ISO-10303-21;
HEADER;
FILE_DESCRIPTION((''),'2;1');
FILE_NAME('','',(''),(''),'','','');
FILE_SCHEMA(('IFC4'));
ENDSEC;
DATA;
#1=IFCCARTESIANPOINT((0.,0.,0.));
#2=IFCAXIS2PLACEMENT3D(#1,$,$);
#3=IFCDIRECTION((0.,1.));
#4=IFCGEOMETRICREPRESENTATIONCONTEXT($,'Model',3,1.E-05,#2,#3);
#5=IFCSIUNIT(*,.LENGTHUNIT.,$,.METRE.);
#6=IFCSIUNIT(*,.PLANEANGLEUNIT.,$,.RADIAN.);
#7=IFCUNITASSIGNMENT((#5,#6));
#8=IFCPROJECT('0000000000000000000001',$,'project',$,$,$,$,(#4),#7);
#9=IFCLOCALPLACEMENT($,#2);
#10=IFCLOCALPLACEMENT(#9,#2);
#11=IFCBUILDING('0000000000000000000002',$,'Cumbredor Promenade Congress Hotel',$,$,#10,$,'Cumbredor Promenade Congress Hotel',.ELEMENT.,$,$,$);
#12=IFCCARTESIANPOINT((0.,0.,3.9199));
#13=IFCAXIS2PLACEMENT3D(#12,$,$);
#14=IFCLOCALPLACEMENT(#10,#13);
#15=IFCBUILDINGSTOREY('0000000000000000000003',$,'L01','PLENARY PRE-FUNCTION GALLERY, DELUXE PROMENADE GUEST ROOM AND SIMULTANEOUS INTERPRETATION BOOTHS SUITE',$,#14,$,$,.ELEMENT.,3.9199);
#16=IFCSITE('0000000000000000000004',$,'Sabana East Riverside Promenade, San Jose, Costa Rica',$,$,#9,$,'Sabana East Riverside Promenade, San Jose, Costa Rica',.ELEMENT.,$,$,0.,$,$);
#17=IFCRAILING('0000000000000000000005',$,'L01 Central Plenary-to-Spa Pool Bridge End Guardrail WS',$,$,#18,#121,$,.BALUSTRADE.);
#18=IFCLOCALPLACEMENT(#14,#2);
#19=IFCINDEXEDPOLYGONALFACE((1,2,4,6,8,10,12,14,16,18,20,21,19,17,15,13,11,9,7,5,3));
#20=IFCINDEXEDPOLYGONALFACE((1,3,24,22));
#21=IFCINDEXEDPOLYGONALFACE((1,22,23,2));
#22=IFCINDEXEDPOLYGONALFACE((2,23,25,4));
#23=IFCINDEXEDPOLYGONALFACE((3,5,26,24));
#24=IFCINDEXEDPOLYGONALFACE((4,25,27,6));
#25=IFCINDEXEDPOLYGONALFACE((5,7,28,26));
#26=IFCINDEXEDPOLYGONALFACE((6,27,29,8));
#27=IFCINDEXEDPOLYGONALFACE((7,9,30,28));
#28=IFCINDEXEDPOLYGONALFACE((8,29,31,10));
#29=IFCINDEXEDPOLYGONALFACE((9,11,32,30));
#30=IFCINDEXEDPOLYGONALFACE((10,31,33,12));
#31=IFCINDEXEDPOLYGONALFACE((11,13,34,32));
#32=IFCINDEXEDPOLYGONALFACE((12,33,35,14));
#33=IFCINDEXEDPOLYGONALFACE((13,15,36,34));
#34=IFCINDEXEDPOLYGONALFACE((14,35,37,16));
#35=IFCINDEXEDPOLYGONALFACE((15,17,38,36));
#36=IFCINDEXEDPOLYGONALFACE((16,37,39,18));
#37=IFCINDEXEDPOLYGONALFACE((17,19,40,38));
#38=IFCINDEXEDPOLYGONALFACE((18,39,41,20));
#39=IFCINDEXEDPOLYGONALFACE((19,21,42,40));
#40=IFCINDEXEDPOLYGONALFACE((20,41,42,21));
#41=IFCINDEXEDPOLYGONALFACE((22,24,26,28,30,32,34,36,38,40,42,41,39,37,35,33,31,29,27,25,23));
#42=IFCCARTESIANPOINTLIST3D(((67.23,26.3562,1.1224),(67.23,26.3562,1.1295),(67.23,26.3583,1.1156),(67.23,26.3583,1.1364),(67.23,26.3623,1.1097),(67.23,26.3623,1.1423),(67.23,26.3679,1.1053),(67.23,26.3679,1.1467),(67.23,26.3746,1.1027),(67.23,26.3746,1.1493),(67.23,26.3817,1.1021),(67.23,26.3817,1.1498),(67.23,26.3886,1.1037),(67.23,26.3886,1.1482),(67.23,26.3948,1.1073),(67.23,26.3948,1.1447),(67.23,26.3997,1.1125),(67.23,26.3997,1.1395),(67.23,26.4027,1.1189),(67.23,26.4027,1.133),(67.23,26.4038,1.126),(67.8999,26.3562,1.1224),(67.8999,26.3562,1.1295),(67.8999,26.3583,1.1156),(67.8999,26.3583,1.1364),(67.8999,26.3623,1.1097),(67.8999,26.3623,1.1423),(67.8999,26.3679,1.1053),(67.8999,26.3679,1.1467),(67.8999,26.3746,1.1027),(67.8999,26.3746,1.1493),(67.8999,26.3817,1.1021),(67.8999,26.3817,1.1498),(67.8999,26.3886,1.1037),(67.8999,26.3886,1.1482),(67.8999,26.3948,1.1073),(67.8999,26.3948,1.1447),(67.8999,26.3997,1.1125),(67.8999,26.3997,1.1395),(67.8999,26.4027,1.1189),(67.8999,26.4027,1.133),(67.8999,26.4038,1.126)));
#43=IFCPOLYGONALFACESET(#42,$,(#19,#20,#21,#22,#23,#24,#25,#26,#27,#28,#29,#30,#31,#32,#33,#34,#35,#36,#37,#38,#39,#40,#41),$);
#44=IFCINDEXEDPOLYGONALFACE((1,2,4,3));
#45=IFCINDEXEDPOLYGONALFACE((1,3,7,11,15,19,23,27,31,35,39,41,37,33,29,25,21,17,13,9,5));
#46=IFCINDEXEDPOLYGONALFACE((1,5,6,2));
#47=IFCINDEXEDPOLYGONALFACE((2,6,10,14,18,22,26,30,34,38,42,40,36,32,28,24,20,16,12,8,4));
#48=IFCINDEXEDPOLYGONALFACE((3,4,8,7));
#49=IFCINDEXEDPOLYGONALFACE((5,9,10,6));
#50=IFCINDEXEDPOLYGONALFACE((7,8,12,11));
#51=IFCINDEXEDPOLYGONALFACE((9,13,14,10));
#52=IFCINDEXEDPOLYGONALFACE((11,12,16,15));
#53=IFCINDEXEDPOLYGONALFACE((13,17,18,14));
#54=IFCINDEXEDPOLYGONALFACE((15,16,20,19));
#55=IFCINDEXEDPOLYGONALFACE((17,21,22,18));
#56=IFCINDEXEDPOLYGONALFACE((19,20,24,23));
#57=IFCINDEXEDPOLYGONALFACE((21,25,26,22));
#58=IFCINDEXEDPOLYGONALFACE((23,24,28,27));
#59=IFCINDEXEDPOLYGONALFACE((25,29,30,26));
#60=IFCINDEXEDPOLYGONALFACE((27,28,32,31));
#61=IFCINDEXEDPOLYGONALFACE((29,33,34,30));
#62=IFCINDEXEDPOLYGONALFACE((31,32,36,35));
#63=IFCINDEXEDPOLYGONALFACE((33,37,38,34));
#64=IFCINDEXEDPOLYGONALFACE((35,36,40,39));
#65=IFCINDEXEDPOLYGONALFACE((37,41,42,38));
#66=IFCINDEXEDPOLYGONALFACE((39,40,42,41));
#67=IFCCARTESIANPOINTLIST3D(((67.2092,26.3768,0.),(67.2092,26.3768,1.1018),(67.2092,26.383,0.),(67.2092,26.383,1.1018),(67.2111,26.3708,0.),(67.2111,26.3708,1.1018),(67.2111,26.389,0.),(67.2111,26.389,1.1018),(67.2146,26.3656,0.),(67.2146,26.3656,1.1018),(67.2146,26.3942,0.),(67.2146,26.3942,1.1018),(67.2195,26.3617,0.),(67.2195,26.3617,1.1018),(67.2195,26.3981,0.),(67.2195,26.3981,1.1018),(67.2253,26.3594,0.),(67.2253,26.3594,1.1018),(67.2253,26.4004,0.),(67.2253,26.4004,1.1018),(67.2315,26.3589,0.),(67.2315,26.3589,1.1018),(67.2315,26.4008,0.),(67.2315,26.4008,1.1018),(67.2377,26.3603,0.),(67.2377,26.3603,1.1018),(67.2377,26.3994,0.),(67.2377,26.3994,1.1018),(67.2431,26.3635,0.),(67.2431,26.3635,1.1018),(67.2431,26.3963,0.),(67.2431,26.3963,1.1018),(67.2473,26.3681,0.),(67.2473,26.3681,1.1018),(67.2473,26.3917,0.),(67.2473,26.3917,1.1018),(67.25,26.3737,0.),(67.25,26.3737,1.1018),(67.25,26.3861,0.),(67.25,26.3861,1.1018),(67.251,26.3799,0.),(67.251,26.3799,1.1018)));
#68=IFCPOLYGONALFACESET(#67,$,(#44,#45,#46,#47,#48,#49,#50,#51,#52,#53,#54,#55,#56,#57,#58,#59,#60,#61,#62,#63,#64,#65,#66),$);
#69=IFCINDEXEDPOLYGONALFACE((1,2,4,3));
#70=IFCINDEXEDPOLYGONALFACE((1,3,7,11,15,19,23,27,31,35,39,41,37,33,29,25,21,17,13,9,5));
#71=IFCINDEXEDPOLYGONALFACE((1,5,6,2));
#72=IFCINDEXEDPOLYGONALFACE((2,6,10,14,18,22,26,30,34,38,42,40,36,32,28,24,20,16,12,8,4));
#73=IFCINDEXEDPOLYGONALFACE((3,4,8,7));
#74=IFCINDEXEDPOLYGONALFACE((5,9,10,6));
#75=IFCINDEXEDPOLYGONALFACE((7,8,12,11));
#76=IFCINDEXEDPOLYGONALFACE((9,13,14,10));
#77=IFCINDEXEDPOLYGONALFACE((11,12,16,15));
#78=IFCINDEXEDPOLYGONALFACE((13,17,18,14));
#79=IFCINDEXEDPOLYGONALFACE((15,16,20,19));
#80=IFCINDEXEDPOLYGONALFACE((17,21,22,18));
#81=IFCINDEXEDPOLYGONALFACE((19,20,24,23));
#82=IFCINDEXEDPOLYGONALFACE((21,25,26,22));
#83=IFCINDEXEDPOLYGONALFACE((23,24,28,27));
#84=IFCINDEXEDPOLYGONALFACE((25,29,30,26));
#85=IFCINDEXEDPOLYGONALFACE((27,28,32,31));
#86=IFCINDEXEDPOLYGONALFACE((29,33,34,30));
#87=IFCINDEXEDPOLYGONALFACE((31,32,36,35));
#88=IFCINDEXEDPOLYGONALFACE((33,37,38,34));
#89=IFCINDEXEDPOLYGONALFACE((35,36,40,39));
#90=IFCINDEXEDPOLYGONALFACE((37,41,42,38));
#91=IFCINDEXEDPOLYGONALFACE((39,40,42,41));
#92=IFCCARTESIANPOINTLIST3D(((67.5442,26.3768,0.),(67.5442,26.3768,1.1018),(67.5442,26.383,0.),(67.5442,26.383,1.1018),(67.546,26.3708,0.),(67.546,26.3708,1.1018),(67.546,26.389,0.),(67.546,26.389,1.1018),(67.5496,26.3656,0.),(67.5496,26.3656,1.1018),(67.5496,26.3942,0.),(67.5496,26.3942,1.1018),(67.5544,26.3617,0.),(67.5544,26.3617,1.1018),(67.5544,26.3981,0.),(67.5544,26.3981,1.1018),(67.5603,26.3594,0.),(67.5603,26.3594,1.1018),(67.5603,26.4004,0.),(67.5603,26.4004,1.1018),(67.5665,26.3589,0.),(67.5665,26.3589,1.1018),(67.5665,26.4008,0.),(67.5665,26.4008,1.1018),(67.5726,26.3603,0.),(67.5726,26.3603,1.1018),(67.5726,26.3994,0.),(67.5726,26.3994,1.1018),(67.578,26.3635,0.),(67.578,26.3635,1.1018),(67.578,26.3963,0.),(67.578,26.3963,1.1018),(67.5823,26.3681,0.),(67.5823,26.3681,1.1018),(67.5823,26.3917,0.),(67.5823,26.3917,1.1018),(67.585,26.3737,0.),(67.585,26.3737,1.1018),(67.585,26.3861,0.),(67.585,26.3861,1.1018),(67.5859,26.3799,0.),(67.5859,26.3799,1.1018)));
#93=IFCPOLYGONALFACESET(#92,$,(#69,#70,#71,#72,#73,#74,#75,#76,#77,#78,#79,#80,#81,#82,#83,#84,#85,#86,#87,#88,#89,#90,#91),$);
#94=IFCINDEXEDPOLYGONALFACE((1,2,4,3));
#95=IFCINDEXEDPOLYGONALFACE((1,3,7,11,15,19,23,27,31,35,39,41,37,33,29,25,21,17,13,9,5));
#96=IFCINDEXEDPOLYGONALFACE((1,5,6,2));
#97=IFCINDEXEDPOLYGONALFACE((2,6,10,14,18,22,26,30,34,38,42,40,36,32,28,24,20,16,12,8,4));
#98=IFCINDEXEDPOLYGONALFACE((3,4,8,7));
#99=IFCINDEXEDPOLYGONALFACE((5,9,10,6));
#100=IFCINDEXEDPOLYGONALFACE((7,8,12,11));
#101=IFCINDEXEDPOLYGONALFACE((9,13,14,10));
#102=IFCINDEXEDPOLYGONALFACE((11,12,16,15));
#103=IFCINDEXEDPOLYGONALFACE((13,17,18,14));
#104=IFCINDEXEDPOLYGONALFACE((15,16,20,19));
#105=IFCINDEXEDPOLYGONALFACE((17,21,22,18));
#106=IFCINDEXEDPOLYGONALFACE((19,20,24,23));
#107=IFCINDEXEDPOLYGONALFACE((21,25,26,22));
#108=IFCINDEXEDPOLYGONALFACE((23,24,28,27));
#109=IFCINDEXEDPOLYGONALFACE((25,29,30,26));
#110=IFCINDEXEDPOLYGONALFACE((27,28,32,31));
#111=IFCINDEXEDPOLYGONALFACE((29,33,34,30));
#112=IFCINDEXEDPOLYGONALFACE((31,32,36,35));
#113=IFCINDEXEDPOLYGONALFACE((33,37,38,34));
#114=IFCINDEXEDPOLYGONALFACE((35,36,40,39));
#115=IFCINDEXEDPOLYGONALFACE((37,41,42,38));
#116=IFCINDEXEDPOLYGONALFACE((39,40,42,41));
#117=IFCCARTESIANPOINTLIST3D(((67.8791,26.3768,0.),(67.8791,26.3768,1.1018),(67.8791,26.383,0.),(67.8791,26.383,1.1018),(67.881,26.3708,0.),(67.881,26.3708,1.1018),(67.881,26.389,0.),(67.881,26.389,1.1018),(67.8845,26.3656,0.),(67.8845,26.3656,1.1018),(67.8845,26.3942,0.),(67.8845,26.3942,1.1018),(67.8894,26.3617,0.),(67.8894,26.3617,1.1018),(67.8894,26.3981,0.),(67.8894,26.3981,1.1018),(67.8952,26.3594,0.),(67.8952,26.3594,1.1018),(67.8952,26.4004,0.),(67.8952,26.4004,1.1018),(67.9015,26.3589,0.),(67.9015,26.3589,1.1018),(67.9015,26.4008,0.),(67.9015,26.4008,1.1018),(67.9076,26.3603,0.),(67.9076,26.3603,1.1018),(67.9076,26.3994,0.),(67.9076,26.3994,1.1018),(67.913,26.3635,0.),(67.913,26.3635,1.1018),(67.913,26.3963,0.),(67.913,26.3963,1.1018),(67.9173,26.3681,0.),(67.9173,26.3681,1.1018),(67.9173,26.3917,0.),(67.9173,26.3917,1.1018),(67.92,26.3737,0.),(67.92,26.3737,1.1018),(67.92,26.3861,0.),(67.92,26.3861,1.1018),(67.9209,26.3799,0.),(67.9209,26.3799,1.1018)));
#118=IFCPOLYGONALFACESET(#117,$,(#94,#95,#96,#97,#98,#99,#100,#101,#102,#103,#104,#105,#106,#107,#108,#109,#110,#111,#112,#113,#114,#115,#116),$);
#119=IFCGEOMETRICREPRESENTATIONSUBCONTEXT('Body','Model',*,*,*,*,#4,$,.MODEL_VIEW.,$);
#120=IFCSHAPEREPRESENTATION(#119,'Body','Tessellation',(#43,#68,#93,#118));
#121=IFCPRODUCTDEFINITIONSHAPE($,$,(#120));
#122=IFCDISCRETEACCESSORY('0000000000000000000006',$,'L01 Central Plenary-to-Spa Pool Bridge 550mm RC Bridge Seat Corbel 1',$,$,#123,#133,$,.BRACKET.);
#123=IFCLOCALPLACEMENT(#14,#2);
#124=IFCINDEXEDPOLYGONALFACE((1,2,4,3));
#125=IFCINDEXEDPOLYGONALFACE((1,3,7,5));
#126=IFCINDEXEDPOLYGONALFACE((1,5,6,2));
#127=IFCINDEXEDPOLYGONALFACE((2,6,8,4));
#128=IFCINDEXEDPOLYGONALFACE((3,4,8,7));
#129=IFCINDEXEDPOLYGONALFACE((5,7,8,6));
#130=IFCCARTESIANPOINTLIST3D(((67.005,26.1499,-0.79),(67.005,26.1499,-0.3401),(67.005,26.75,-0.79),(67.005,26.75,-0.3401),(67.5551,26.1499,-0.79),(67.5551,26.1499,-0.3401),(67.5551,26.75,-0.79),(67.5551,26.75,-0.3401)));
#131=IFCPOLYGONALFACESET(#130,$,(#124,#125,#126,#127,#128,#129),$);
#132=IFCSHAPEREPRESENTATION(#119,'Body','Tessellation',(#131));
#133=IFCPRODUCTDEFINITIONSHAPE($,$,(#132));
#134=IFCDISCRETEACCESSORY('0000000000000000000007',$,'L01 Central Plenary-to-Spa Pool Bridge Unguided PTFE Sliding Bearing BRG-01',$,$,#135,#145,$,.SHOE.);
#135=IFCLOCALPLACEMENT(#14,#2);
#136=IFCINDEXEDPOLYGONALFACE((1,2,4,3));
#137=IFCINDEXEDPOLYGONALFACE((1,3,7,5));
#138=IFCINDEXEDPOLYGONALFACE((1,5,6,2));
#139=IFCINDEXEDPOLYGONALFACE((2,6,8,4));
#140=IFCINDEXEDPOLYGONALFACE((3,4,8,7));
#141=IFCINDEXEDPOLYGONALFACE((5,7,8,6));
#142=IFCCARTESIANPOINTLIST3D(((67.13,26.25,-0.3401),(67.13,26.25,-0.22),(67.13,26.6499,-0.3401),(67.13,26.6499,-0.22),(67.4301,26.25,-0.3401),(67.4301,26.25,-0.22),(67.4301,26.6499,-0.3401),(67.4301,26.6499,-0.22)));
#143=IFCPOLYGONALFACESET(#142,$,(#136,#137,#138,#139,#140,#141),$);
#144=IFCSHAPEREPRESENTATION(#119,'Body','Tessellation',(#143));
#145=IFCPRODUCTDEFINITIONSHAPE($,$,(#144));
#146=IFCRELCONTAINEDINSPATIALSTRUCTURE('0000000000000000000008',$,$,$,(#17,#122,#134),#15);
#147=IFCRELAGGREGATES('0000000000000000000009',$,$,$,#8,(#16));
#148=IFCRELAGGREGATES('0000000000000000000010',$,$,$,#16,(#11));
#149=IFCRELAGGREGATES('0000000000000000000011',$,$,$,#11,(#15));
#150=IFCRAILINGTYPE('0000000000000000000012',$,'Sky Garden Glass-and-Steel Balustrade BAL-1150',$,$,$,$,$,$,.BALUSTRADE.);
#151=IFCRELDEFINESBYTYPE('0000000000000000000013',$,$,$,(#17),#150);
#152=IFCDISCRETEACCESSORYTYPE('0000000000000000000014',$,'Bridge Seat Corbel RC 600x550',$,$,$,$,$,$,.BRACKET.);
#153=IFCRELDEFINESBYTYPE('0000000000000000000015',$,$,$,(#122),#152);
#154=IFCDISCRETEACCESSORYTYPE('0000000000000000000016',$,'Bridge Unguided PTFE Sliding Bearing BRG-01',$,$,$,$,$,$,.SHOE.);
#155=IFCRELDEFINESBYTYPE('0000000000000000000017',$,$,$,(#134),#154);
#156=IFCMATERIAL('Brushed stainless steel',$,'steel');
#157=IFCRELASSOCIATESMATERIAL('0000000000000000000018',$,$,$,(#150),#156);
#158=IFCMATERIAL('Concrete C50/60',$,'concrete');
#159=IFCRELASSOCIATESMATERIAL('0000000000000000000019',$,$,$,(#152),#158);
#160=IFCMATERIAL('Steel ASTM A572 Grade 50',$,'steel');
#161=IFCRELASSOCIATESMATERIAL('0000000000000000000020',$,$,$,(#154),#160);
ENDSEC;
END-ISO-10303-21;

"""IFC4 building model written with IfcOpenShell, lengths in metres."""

from ifc_helpers import new_model, si_unit, direction, frame, origin, origin_2d, place, context, subcontext, project, spatial, rectangle, circle, extrude, material, type_object, element, save


model = new_model("IFC4")

# Units and contexts
model_context = context("Model", 3, precision=1e-05, world=origin(), true_north=direction((0.0, 1.0)))
body_context = subcontext(model_context, "Body", "Model", "MODEL_VIEW")
ifc_project = project(units=[si_unit("LENGTHUNIT", "METRE"), si_unit("PLANEANGLEUNIT", "RADIAN")], contexts=[model_context])

# Site, building, storey
site_placement = place(None, origin())
site = spatial("IfcSite", under=ifc_project, at=site_placement, Name="Sabana East Riverside Promenade, San Jose, Costa Rica", LongName="Sabana East Riverside Promenade, San Jose, Costa Rica", CompositionType="ELEMENT", RefElevation=0.0)
building_placement = place(site_placement, origin())
building = spatial("IfcBuilding", under=site, at=building_placement, Name="Cumbredor Promenade Congress Hotel", LongName="Cumbredor Promenade Congress Hotel", CompositionType="ELEMENT")
storey_placement = place(building_placement, frame((0.0, 0.0, 3.9199)))
storey = spatial("IfcBuildingStorey", under=building, at=storey_placement, Name="L01", Description="PLENARY PRE-FUNCTION GALLERY, DELUXE PROMENADE GUEST ROOM AND SIMULTANEOUS INTERPRETATION BOOTHS SUITE", CompositionType="ELEMENT", Elevation=3.9199)

# Shared definitions
ifc_material_1 = material(Name="Concrete C50/60", Category="concrete")

# Shared definitions
ifc_material_2 = material(Name="Steel ASTM A572 Grade 50", Category="steel")

# Railing
ifc_material_3 = material(Name="Brushed stainless steel", Category="steel")
railing_type = type_object("IfcRailingType", Name="Sky Garden Glass-and-Steel Balustrade BAL-1150", PredefinedType="BALUSTRADE", material=ifc_material_3)
railing_placement = place(storey_placement, frame((67.23, 26.3799, 0.0)))
element("IfcRailing", 1, at=railing_placement, inside=storey, type_object=railing_type, Name="L01 Central Plenary-to-Spa Pool Bridge End Guardrail WS", PredefinedType="BALUSTRADE", context=body_context, shape_type="SweptSolid", body=[
    extrude(circle(Radius=0.0239, at=origin_2d()), frame((0.0, 0.0, 1.126), z_axis=(1.0, 0.0, 0.0), x_axis=(0.0, 1.0, 0.0)), (0.0, 0.0, 1.0), 0.6699),
    extrude(circle(Radius=0.021, at=origin_2d()), origin(), (0.0, 0.0, 1.0), 1.1018),
    extrude(circle(Radius=0.021, at=origin_2d()), frame((0.335, 0.0, 0.0)), (0.0, 0.0, 1.0), 1.1018),
    extrude(circle(Radius=0.021, at=origin_2d()), frame((0.6699, 0.0, 0.0)), (0.0, 0.0, 1.0), 1.1018),
])

# Discrete accessories
discrete_accessory_type_1 = type_object("IfcDiscreteAccessoryType", Name="Bridge Seat Corbel RC 600x550", PredefinedType="BRACKET", material=ifc_material_1)
discrete_accessory_1_placement = place(storey_placement, frame((67.28, 26.45, -0.79), z_axis=(0.0, 0.0, 1.0), x_axis=(1.0, 0.0, 0.0)))
element("IfcDiscreteAccessory", 2, at=discrete_accessory_1_placement, inside=storey, type_object=discrete_accessory_type_1, Name="L01 Central Plenary-to-Spa Pool Bridge 550mm RC Bridge Seat Corbel 1", PredefinedType="BRACKET", context=body_context, shape_type="SweptSolid", body=[
    extrude(rectangle(XDim=0.55, YDim=0.6001, at=origin_2d()), origin(), (0.0, 0.0, 1.0), 0.45),
])
discrete_accessory_type_2 = type_object("IfcDiscreteAccessoryType", Name="Bridge Unguided PTFE Sliding Bearing BRG-01", PredefinedType="SHOE", material=ifc_material_2)
discrete_accessory_2_placement = place(storey_placement, frame((67.28, 26.45, -0.3401), z_axis=(0.0, 0.0, 1.0), x_axis=(1.0, 0.0, 0.0)))
element("IfcDiscreteAccessory", 3, at=discrete_accessory_2_placement, inside=storey, type_object=discrete_accessory_type_2, Name="L01 Central Plenary-to-Spa Pool Bridge Unguided PTFE Sliding Bearing BRG-01", PredefinedType="SHOE", context=body_context, shape_type="SweptSolid", body=[
    extrude(rectangle(XDim=0.3, YDim=0.3999, at=origin_2d()), origin(), (0.0, 0.0, 1.0), 0.1201),
])

save(model, "model.ifc")
